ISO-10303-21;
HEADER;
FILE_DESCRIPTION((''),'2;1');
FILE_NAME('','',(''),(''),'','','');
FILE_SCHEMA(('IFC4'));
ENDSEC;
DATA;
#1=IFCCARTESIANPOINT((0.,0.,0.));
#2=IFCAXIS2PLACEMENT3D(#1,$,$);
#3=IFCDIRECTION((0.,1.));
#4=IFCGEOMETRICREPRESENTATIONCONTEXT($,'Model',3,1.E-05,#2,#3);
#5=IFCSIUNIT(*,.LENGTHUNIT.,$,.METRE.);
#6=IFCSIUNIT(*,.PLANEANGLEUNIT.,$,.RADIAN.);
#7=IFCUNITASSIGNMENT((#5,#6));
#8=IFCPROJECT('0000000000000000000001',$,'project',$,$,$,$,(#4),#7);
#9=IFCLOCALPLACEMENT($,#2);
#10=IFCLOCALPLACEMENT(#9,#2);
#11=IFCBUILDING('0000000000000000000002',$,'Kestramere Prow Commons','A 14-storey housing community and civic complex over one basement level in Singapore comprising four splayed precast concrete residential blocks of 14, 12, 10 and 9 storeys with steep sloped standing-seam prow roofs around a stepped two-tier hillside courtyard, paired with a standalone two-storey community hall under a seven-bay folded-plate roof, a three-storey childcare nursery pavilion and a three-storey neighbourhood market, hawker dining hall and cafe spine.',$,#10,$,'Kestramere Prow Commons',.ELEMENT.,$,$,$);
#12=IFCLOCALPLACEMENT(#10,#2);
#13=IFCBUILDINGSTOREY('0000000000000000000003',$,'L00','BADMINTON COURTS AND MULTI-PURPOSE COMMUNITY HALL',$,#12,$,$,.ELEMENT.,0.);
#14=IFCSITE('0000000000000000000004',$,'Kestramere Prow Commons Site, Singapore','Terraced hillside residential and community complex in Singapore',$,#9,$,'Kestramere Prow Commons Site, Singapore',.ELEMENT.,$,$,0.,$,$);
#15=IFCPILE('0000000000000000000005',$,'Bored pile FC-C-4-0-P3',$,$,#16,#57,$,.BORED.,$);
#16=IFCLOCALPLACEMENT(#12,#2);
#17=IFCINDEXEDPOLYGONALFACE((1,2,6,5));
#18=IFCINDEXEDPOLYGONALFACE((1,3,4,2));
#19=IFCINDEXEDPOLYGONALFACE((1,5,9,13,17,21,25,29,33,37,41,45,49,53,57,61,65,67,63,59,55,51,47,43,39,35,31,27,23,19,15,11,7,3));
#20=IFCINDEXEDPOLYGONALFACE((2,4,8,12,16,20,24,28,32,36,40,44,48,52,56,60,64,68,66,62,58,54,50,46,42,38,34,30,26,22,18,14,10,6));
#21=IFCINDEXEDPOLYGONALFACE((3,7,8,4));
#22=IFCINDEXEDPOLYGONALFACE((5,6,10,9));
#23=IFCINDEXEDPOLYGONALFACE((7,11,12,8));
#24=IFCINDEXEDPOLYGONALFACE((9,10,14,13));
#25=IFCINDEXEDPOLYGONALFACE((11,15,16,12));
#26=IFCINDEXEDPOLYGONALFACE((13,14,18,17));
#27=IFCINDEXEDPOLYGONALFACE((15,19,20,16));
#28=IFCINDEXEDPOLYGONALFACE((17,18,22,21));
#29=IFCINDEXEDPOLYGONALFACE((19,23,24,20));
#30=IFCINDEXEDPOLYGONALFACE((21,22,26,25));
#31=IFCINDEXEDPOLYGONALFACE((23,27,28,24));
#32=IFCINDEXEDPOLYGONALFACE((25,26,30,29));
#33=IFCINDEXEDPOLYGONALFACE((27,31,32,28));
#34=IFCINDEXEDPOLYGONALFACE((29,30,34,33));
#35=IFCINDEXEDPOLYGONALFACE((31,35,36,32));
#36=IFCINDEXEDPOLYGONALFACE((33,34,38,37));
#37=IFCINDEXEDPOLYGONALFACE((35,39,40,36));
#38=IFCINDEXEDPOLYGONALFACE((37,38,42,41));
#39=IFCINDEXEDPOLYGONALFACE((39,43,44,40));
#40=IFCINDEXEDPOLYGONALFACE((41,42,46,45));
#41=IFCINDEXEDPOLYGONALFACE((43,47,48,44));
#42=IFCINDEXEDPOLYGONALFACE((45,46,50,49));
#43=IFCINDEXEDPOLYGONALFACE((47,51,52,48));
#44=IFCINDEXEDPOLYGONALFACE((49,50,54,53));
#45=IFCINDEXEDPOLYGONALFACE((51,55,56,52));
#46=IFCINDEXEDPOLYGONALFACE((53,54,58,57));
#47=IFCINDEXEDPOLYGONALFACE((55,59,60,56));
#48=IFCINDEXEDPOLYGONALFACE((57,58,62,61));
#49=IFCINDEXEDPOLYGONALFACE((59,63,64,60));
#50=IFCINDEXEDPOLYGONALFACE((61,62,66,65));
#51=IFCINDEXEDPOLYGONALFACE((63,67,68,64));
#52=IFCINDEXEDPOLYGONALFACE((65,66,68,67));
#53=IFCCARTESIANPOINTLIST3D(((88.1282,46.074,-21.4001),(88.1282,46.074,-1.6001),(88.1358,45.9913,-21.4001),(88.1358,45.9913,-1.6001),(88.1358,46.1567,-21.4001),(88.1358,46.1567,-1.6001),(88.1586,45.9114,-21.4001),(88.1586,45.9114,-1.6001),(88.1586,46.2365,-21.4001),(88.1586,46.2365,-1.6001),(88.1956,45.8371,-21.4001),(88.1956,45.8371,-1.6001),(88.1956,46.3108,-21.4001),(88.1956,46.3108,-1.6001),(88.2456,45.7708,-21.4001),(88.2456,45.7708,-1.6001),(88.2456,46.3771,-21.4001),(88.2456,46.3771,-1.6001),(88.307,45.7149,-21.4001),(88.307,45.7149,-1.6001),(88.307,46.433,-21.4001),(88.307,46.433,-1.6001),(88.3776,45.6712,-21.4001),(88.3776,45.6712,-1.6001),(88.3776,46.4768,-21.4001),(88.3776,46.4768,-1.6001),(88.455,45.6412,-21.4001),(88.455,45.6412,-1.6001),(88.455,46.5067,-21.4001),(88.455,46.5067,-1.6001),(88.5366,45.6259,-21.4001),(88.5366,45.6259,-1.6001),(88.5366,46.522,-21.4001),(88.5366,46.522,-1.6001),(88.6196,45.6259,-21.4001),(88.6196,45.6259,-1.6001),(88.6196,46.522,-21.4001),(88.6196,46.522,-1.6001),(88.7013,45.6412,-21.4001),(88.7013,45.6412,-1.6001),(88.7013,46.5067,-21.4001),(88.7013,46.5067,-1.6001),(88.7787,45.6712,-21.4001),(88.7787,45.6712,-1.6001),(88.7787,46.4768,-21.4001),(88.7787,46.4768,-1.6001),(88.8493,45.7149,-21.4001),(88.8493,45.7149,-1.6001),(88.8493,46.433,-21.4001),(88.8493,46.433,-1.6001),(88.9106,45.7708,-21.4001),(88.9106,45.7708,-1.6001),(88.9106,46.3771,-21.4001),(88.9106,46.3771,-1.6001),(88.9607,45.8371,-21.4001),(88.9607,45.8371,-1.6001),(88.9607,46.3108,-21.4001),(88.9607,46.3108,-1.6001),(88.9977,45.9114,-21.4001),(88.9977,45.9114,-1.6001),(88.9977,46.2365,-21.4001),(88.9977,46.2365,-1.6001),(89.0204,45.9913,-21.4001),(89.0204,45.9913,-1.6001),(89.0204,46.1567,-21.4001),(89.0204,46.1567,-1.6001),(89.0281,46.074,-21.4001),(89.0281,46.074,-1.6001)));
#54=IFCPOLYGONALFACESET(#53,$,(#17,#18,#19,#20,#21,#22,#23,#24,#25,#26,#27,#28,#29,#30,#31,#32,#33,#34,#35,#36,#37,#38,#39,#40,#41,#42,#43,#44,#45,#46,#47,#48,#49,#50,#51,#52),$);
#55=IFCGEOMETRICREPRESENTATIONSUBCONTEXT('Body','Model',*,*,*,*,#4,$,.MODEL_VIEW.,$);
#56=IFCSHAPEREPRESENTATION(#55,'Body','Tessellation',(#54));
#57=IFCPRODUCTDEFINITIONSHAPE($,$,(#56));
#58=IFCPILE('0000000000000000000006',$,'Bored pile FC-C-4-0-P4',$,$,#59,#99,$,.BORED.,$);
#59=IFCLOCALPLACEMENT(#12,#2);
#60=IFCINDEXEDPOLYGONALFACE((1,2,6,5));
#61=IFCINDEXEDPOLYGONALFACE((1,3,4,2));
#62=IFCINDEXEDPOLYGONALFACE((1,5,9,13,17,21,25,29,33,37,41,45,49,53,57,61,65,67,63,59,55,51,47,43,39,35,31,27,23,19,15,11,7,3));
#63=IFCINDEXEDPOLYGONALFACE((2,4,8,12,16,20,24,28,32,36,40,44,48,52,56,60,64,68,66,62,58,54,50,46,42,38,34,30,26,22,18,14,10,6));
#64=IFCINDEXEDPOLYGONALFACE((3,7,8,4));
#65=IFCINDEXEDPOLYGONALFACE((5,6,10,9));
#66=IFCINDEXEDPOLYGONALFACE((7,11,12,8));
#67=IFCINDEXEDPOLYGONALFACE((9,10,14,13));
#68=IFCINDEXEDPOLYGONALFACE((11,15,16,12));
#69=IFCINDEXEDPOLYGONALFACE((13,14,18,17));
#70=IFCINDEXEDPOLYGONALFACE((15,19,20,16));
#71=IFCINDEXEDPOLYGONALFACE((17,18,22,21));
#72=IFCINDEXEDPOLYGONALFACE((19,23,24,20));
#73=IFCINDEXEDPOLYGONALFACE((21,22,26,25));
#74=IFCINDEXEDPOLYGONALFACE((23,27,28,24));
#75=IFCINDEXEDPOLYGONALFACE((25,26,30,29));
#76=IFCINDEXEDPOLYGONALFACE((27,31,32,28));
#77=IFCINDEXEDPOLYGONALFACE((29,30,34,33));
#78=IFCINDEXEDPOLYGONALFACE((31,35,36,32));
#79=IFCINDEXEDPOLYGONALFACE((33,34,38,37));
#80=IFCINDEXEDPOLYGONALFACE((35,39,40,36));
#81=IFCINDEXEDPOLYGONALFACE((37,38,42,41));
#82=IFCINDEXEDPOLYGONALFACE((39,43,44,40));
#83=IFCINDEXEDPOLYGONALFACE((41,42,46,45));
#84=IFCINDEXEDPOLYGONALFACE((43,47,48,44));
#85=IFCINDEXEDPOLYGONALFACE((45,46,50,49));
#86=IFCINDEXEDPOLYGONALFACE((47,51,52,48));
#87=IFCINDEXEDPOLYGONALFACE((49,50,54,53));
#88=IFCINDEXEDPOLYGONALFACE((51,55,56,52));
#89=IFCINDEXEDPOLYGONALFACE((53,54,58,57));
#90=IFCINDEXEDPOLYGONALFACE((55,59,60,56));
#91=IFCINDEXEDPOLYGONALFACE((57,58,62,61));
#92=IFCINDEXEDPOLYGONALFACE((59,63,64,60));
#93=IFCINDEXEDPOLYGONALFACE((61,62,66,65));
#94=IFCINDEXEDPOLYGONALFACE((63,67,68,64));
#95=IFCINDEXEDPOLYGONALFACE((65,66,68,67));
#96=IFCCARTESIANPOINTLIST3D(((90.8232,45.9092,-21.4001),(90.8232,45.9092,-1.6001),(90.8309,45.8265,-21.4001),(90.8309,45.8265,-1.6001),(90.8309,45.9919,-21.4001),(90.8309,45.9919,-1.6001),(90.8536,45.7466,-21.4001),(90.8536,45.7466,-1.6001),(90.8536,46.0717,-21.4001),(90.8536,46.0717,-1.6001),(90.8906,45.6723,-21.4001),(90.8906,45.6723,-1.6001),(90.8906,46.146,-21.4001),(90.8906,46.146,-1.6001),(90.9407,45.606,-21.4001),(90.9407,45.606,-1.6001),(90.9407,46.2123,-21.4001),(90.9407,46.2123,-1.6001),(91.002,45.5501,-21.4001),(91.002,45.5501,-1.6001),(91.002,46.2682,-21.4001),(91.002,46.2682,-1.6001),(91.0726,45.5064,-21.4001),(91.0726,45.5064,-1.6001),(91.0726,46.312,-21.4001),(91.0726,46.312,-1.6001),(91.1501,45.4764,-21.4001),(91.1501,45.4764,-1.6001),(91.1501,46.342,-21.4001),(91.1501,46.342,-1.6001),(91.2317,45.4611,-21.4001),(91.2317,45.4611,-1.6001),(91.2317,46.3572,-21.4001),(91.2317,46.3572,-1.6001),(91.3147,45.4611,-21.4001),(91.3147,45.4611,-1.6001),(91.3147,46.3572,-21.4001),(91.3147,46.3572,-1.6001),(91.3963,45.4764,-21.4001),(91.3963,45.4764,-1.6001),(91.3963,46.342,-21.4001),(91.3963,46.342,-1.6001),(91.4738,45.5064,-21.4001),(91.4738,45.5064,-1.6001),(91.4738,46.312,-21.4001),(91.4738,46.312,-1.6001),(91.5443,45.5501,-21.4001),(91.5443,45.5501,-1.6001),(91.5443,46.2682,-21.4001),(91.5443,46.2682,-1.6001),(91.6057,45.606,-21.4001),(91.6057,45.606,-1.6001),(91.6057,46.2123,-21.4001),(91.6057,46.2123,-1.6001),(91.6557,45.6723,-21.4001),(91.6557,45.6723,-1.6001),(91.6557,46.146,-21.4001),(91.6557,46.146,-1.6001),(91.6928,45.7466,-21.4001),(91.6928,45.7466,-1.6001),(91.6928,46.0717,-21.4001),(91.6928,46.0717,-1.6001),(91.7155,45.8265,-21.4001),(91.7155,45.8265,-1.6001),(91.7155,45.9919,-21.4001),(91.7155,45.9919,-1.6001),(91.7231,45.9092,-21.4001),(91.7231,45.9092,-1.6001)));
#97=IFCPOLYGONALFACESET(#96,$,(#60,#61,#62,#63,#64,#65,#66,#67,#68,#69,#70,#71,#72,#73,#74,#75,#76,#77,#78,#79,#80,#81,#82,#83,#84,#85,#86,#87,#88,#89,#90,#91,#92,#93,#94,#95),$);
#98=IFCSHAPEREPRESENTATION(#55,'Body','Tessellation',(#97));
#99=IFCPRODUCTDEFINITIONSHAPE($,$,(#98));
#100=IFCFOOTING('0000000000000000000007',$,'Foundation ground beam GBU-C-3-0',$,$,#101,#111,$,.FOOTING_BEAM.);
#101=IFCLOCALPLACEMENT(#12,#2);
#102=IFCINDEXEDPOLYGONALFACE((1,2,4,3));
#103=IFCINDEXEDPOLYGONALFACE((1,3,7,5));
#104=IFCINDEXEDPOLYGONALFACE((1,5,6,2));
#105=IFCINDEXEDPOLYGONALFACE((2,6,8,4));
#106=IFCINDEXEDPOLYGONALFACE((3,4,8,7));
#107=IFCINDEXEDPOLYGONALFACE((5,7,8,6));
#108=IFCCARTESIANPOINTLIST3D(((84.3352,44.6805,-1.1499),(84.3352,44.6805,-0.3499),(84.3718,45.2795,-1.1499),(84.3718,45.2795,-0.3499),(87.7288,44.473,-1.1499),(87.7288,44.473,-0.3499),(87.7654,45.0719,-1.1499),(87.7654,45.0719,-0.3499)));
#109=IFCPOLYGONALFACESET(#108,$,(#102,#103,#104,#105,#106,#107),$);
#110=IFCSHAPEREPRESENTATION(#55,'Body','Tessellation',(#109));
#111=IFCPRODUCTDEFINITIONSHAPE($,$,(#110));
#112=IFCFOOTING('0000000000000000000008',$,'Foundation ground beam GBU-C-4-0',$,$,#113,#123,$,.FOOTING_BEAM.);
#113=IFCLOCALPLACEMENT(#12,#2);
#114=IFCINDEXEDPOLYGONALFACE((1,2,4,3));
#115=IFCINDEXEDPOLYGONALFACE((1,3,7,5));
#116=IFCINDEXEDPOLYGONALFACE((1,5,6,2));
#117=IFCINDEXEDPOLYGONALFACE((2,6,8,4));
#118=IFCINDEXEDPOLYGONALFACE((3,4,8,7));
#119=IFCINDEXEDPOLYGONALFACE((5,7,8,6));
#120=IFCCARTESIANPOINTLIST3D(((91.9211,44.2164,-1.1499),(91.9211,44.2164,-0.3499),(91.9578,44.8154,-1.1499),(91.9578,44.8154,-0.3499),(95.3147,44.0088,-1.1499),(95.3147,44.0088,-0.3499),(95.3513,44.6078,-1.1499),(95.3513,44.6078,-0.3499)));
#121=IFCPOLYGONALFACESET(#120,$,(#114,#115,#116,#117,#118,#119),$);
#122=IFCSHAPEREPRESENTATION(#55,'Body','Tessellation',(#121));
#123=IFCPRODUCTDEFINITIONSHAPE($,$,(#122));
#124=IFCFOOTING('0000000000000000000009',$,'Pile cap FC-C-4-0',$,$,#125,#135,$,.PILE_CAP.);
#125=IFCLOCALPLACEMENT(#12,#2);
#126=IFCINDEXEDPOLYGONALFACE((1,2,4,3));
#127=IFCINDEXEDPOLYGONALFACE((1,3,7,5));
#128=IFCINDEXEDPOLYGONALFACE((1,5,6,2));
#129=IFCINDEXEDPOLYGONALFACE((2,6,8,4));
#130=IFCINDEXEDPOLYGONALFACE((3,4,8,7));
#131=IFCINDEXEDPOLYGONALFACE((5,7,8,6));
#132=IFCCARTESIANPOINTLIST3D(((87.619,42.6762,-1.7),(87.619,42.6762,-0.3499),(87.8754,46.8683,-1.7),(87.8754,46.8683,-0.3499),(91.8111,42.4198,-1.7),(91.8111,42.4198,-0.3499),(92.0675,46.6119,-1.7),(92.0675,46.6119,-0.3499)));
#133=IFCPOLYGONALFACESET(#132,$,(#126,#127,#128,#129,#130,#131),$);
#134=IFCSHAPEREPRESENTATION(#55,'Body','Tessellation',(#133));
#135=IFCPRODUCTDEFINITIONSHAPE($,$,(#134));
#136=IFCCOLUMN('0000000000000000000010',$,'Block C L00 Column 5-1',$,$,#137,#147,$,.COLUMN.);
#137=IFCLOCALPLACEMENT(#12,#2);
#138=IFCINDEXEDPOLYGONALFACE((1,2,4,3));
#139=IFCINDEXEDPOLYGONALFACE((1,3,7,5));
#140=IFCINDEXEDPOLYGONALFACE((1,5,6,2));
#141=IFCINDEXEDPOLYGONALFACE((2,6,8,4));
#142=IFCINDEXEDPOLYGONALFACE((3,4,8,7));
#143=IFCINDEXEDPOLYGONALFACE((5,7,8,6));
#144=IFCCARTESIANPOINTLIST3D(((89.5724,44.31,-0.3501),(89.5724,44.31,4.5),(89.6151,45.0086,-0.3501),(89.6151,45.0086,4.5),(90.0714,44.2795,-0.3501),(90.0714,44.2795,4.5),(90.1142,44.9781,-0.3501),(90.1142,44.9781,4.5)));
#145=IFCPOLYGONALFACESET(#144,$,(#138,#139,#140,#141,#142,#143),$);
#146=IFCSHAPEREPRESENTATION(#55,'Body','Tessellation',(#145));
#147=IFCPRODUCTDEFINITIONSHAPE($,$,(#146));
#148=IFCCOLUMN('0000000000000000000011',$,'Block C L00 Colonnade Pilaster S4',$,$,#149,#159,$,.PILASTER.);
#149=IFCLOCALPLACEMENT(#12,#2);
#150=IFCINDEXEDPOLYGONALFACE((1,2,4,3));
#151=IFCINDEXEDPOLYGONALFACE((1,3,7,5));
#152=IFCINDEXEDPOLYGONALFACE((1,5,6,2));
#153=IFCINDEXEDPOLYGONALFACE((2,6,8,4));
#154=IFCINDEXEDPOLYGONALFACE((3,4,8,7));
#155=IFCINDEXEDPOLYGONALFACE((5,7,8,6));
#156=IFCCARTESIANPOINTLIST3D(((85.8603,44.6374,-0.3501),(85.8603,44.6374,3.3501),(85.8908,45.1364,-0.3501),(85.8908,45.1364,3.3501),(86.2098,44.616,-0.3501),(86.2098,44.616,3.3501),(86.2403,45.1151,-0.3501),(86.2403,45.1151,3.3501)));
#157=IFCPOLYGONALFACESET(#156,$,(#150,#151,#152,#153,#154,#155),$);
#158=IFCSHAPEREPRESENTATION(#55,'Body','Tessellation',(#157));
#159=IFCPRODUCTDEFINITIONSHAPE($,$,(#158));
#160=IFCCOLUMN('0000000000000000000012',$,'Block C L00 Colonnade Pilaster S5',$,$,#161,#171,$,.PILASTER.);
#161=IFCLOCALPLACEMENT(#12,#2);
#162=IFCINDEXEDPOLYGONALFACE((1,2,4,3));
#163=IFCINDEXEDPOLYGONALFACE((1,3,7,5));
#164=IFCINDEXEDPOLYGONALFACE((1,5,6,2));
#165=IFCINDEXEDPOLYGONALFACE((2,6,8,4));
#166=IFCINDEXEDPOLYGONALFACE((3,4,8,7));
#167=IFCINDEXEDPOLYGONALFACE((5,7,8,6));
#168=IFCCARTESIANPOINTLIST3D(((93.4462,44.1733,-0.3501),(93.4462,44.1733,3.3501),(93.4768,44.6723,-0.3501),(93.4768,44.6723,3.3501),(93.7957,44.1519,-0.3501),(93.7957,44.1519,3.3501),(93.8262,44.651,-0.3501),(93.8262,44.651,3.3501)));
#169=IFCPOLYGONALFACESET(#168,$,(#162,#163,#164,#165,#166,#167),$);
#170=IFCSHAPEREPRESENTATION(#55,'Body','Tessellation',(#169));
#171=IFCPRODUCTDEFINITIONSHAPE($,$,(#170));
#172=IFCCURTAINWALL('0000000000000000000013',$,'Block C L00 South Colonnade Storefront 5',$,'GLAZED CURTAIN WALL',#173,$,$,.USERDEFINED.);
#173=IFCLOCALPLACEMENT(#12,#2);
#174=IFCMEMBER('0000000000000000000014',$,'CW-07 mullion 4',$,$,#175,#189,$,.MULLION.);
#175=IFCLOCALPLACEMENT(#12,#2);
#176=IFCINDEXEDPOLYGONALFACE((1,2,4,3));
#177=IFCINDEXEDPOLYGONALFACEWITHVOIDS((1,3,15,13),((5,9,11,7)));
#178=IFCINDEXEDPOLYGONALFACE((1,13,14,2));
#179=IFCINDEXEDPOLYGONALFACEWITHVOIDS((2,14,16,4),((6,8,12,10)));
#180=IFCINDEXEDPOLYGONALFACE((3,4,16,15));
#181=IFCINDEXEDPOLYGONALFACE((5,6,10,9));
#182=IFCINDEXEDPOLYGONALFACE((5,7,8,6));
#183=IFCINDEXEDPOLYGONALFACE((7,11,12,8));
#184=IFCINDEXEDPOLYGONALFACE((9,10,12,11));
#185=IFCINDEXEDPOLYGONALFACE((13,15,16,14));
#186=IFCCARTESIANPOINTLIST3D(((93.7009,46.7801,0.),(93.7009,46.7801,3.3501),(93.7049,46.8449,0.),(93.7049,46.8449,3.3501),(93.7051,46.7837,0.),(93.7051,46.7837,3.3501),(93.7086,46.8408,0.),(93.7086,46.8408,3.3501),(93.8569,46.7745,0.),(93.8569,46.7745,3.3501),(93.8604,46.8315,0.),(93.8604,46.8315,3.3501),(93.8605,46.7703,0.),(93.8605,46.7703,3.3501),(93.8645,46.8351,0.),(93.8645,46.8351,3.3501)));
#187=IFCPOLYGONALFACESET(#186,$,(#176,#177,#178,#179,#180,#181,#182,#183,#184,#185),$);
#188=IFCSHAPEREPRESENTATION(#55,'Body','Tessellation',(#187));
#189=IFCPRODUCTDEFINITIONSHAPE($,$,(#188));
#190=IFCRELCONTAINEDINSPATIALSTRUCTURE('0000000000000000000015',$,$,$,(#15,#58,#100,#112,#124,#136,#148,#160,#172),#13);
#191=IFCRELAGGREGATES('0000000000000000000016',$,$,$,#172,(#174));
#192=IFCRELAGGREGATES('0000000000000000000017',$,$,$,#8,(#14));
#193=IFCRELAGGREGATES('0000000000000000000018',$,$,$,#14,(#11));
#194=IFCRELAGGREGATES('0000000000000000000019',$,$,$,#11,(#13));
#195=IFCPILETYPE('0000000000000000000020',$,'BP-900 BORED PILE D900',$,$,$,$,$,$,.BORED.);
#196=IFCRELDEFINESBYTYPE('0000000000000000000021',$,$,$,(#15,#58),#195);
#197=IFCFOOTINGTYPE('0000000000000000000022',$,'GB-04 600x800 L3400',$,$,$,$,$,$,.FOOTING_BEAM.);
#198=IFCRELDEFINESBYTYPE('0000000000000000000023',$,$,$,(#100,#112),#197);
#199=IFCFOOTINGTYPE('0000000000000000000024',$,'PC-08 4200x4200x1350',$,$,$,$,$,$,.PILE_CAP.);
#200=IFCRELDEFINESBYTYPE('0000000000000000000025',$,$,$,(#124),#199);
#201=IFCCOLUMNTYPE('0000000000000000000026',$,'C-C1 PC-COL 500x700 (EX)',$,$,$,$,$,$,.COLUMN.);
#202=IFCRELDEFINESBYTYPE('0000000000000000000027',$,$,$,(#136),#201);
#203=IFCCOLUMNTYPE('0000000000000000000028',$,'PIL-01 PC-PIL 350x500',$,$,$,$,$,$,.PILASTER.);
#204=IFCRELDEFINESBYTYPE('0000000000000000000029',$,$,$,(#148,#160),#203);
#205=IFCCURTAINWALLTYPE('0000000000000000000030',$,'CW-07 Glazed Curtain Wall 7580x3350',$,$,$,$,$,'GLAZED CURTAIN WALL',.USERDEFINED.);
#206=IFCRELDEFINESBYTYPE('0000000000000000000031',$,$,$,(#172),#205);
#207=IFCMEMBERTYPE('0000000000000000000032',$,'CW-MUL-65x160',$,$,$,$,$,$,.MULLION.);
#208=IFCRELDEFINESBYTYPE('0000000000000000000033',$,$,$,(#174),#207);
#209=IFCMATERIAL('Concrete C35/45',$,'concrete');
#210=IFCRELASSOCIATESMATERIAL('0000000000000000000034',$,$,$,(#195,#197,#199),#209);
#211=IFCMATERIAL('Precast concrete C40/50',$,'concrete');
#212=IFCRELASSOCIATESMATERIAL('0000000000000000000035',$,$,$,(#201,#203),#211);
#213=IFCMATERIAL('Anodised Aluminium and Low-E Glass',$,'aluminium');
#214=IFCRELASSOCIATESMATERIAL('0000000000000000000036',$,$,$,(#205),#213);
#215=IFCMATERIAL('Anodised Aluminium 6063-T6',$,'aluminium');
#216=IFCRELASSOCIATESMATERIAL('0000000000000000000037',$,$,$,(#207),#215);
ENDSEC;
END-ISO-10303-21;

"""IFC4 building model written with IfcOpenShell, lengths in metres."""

from ifc_helpers import new_model, si_unit, direction, frame, origin, origin_2d, place, context, subcontext, project, spatial, rectangle, hollow_rectangle, circle, extrude, material, material_profile, profile_set, type_object, element, aggregate, save


model = new_model("IFC4")

# Units and contexts
model_context = context("Model", 3, precision=1e-05, world=origin(), true_north=direction((0.0, 1.0)))
body_context = subcontext(model_context, "Body", "Model", "MODEL_VIEW")
ifc_project = project(units=[si_unit("LENGTHUNIT", "METRE"), si_unit("PLANEANGLEUNIT", "RADIAN")], contexts=[model_context])

# Site, building, storey
site_placement = place(None, origin())
site = spatial("IfcSite", under=ifc_project, at=site_placement, Name="Kestramere Prow Commons Site, Singapore", Description="Terraced hillside residential and community complex in Singapore", LongName="Kestramere Prow Commons Site, Singapore", CompositionType="ELEMENT", RefElevation=0.0)
building_placement = place(site_placement, origin())
building = spatial("IfcBuilding", under=site, at=building_placement, Name="Kestramere Prow Commons", Description="A 14-storey housing community and civic complex over one basement level in Singapore comprising four splayed precast concrete residential blocks of 14, 12, 10 and 9 storeys with steep sloped standing-seam prow roofs around a stepped two-tier hillside courtyard, paired with a standalone two-storey community hall under a seven-bay folded-plate roof, a three-storey childcare nursery pavilion and a three-storey neighbourhood market, hawker dining hall and cafe spine.", LongName="Kestramere Prow Commons", CompositionType="ELEMENT")
storey_placement = place(building_placement, origin())
storey = spatial("IfcBuildingStorey", under=building, at=storey_placement, Name="L00", Description="BADMINTON COURTS AND MULTI-PURPOSE COMMUNITY HALL", CompositionType="ELEMENT", Elevation=0.0)

# Piles
ifc_material_1 = material(Name="Concrete C35/45", Category="concrete")
ifc_material_profile_1 = material_profile(ifc_material_1, circle(Radius=0.45, at=origin_2d()), Name="BORED PILE D900")
ifc_profile_set_1 = profile_set([ifc_material_profile_1], Name="Concrete C35/45")
pile_type = type_object("IfcPileType", Name="BP-900 BORED PILE D900", PredefinedType="BORED", material=ifc_profile_set_1)
for number, where, z_axis, x_axis, name in (
    (1, (88.5781, 46.074, -1.6001), (0.0, 0.0, -1.0), (1.0, 0.0, 0.0), "Bored pile FC-C-4-0-P3"),
    (2, (91.2732, 45.9092, -1.6001), (0.0, 0.0, -1.0), (1.0, 0.0, 0.0), "Bored pile FC-C-4-0-P4"),
):
    element("IfcPile", number, at=place(storey_placement, frame(where, z_axis=z_axis, x_axis=x_axis)), inside=storey, type_object=pile_type, Name=name, PredefinedType="BORED", context=body_context, shape_type="SweptSolid", body=[
        extrude(circle(Radius=0.45, at=origin_2d()), origin(), (0.0, 0.0, 1.0), 19.8),
    ])

# Footings
footing_type_1 = type_object("IfcFootingType", Name="GB-04 600x800 L3400", PredefinedType="FOOTING_BEAM", material=ifc_material_1)
for number, where, z_axis, x_axis, name in (
    (3, (86.0503, 44.8762, -1.1499), (0.0, 0.0, 1.0), (0.998135, -0.061049, 0.0), "Foundation ground beam GBU-C-3-0"),
    (4, (93.6362, 44.4121, -1.1499), (0.0, 0.0, 1.0), (0.998135, -0.061049, 0.0), "Foundation ground beam GBU-C-4-0"),
):
    element("IfcFooting", number, at=place(storey_placement, frame(where, z_axis=z_axis, x_axis=x_axis)), inside=storey, type_object=footing_type_1, Name=name, PredefinedType="FOOTING_BEAM", context=body_context, shape_type="SweptSolid", body=[
        extrude(rectangle(XDim=3.3999, YDim=0.6001, at=origin_2d()), origin(), (0.0, 0.0, 1.0), 0.8),
    ])
footing_type_2 = type_object("IfcFootingType", Name="PC-08 4200x4200x1350", PredefinedType="PILE_CAP", material=ifc_material_1)
footing_placement = place(storey_placement, frame((89.8433, 44.644, -1.7), z_axis=(0.0, 0.0, 1.0), x_axis=(0.998135, -0.061049, 0.0)))
element("IfcFooting", 5, at=footing_placement, inside=storey, type_object=footing_type_2, Name="Pile cap FC-C-4-0", PredefinedType="PILE_CAP", context=body_context, shape_type="SweptSolid", body=[
    extrude(rectangle(XDim=4.2, YDim=4.2, at=origin_2d()), origin(), (0.0, 0.0, 1.0), 1.3501),
])

# Columns
ifc_material_2 = material(Name="Precast concrete C40/50", Category="concrete")
ifc_material_profile_2 = material_profile(ifc_material_2, rectangle(XDim=0.5, YDim=0.7, at=origin_2d()), Name="PC-COL 500x700")
ifc_profile_set_2 = profile_set([ifc_material_profile_2], Name="Precast concrete C40/50")
column_type_1 = type_object("IfcColumnType", Name="C-C1 PC-COL 500x700 (EX)", PredefinedType="COLUMN", material=ifc_profile_set_2)
column_placement = place(storey_placement, frame((89.8433, 44.644, -0.3501), z_axis=(0.0, 0.0, 1.0), x_axis=(0.998135, -0.061049, 0.0)))
element("IfcColumn", 6, at=column_placement, inside=storey, type_object=column_type_1, Name="Block C L00 Column 5-1", PredefinedType="COLUMN", context=body_context, shape_type="SweptSolid", body=[
    extrude(rectangle(XDim=0.5, YDim=0.7, at=origin_2d()), origin(), (0.0, 0.0, 1.0), 4.8501),
])
ifc_material_profile_3 = material_profile(ifc_material_2, rectangle(XDim=0.3501, YDim=0.5, at=origin_2d()), Name="PC-PIL 350x500")
ifc_profile_set_3 = profile_set([ifc_material_profile_3], Name="Precast concrete C40/50")
column_type_2 = type_object("IfcColumnType", Name="PIL-01 PC-PIL 350x500", PredefinedType="PILASTER", material=ifc_profile_set_3)
for number, where, z_axis, x_axis, name in (
    (7, (86.0503, 44.8762, -0.3501), (0.0, 0.0, 1.0), (0.998135, -0.061049, 0.0), "Block C L00 Colonnade Pilaster S4"),
    (8, (93.6362, 44.4121, -0.3501), (0.0, 0.0, 1.0), (0.998135, -0.061049, 0.0), "Block C L00 Colonnade Pilaster S5"),
):
    element("IfcColumn", number, at=place(storey_placement, frame(where, z_axis=z_axis, x_axis=x_axis)), inside=storey, type_object=column_type_2, Name=name, PredefinedType="PILASTER", context=body_context, shape_type="SweptSolid", body=[
        extrude(rectangle(XDim=0.3501, YDim=0.5, at=origin_2d()), origin(), (0.0, 0.0, 1.0), 3.7002),
    ])

# Curtain wall, member
ifc_material_3 = material(Name="Anodised Aluminium and Low-E Glass", Category="aluminium")
curtain_wall_type = type_object("IfcCurtainWallType", Name="CW-07 Glazed Curtain Wall 7580x3350", ElementType="GLAZED CURTAIN WALL", PredefinedType="USERDEFINED", material=ifc_material_3)
curtain_wall_placement = place(storey_placement, origin())
curtain_wall = element("IfcCurtainWall", 9, at=curtain_wall_placement, inside=storey, type_object=curtain_wall_type, Name="Block C L00 South Colonnade Storefront 5", ObjectType="GLAZED CURTAIN WALL", PredefinedType="USERDEFINED")
ifc_material_4 = material(Name="Anodised Aluminium 6063-T6", Category="aluminium")
ifc_material_profile_4 = material_profile(ifc_material_4, hollow_rectangle(XDim=0.0649, YDim=0.1599, WallThickness=0.0039, at=origin_2d()), Name="ALU-MUL 65x160")
ifc_profile_set_4 = profile_set([ifc_material_profile_4], Name="Anodised Aluminium 6063-T6")
member_type_1 = type_object("IfcMemberType", Name="CW-MUL-65x160", PredefinedType="MULLION", material=ifc_profile_set_4)
member_1_placement = place(storey_placement, frame((93.7827, 46.8076, 0.0), z_axis=(0.0, 0.0, 1.0), x_axis=(-0.061049, -0.998135, 0.0)))
member_1 = element("IfcMember", 10, at=member_1_placement, type_object=member_type_1, Name="CW-07 mullion 4", PredefinedType="MULLION", context=body_context, shape_type="SweptSolid", body=[
    extrude(hollow_rectangle(XDim=0.0649, YDim=0.1599, WallThickness=0.0039, at=origin_2d()), origin(), (0.0, 0.0, 1.0), 3.3501),
])

aggregate(curtain_wall, [member_1])

save(model, "model.ifc")
